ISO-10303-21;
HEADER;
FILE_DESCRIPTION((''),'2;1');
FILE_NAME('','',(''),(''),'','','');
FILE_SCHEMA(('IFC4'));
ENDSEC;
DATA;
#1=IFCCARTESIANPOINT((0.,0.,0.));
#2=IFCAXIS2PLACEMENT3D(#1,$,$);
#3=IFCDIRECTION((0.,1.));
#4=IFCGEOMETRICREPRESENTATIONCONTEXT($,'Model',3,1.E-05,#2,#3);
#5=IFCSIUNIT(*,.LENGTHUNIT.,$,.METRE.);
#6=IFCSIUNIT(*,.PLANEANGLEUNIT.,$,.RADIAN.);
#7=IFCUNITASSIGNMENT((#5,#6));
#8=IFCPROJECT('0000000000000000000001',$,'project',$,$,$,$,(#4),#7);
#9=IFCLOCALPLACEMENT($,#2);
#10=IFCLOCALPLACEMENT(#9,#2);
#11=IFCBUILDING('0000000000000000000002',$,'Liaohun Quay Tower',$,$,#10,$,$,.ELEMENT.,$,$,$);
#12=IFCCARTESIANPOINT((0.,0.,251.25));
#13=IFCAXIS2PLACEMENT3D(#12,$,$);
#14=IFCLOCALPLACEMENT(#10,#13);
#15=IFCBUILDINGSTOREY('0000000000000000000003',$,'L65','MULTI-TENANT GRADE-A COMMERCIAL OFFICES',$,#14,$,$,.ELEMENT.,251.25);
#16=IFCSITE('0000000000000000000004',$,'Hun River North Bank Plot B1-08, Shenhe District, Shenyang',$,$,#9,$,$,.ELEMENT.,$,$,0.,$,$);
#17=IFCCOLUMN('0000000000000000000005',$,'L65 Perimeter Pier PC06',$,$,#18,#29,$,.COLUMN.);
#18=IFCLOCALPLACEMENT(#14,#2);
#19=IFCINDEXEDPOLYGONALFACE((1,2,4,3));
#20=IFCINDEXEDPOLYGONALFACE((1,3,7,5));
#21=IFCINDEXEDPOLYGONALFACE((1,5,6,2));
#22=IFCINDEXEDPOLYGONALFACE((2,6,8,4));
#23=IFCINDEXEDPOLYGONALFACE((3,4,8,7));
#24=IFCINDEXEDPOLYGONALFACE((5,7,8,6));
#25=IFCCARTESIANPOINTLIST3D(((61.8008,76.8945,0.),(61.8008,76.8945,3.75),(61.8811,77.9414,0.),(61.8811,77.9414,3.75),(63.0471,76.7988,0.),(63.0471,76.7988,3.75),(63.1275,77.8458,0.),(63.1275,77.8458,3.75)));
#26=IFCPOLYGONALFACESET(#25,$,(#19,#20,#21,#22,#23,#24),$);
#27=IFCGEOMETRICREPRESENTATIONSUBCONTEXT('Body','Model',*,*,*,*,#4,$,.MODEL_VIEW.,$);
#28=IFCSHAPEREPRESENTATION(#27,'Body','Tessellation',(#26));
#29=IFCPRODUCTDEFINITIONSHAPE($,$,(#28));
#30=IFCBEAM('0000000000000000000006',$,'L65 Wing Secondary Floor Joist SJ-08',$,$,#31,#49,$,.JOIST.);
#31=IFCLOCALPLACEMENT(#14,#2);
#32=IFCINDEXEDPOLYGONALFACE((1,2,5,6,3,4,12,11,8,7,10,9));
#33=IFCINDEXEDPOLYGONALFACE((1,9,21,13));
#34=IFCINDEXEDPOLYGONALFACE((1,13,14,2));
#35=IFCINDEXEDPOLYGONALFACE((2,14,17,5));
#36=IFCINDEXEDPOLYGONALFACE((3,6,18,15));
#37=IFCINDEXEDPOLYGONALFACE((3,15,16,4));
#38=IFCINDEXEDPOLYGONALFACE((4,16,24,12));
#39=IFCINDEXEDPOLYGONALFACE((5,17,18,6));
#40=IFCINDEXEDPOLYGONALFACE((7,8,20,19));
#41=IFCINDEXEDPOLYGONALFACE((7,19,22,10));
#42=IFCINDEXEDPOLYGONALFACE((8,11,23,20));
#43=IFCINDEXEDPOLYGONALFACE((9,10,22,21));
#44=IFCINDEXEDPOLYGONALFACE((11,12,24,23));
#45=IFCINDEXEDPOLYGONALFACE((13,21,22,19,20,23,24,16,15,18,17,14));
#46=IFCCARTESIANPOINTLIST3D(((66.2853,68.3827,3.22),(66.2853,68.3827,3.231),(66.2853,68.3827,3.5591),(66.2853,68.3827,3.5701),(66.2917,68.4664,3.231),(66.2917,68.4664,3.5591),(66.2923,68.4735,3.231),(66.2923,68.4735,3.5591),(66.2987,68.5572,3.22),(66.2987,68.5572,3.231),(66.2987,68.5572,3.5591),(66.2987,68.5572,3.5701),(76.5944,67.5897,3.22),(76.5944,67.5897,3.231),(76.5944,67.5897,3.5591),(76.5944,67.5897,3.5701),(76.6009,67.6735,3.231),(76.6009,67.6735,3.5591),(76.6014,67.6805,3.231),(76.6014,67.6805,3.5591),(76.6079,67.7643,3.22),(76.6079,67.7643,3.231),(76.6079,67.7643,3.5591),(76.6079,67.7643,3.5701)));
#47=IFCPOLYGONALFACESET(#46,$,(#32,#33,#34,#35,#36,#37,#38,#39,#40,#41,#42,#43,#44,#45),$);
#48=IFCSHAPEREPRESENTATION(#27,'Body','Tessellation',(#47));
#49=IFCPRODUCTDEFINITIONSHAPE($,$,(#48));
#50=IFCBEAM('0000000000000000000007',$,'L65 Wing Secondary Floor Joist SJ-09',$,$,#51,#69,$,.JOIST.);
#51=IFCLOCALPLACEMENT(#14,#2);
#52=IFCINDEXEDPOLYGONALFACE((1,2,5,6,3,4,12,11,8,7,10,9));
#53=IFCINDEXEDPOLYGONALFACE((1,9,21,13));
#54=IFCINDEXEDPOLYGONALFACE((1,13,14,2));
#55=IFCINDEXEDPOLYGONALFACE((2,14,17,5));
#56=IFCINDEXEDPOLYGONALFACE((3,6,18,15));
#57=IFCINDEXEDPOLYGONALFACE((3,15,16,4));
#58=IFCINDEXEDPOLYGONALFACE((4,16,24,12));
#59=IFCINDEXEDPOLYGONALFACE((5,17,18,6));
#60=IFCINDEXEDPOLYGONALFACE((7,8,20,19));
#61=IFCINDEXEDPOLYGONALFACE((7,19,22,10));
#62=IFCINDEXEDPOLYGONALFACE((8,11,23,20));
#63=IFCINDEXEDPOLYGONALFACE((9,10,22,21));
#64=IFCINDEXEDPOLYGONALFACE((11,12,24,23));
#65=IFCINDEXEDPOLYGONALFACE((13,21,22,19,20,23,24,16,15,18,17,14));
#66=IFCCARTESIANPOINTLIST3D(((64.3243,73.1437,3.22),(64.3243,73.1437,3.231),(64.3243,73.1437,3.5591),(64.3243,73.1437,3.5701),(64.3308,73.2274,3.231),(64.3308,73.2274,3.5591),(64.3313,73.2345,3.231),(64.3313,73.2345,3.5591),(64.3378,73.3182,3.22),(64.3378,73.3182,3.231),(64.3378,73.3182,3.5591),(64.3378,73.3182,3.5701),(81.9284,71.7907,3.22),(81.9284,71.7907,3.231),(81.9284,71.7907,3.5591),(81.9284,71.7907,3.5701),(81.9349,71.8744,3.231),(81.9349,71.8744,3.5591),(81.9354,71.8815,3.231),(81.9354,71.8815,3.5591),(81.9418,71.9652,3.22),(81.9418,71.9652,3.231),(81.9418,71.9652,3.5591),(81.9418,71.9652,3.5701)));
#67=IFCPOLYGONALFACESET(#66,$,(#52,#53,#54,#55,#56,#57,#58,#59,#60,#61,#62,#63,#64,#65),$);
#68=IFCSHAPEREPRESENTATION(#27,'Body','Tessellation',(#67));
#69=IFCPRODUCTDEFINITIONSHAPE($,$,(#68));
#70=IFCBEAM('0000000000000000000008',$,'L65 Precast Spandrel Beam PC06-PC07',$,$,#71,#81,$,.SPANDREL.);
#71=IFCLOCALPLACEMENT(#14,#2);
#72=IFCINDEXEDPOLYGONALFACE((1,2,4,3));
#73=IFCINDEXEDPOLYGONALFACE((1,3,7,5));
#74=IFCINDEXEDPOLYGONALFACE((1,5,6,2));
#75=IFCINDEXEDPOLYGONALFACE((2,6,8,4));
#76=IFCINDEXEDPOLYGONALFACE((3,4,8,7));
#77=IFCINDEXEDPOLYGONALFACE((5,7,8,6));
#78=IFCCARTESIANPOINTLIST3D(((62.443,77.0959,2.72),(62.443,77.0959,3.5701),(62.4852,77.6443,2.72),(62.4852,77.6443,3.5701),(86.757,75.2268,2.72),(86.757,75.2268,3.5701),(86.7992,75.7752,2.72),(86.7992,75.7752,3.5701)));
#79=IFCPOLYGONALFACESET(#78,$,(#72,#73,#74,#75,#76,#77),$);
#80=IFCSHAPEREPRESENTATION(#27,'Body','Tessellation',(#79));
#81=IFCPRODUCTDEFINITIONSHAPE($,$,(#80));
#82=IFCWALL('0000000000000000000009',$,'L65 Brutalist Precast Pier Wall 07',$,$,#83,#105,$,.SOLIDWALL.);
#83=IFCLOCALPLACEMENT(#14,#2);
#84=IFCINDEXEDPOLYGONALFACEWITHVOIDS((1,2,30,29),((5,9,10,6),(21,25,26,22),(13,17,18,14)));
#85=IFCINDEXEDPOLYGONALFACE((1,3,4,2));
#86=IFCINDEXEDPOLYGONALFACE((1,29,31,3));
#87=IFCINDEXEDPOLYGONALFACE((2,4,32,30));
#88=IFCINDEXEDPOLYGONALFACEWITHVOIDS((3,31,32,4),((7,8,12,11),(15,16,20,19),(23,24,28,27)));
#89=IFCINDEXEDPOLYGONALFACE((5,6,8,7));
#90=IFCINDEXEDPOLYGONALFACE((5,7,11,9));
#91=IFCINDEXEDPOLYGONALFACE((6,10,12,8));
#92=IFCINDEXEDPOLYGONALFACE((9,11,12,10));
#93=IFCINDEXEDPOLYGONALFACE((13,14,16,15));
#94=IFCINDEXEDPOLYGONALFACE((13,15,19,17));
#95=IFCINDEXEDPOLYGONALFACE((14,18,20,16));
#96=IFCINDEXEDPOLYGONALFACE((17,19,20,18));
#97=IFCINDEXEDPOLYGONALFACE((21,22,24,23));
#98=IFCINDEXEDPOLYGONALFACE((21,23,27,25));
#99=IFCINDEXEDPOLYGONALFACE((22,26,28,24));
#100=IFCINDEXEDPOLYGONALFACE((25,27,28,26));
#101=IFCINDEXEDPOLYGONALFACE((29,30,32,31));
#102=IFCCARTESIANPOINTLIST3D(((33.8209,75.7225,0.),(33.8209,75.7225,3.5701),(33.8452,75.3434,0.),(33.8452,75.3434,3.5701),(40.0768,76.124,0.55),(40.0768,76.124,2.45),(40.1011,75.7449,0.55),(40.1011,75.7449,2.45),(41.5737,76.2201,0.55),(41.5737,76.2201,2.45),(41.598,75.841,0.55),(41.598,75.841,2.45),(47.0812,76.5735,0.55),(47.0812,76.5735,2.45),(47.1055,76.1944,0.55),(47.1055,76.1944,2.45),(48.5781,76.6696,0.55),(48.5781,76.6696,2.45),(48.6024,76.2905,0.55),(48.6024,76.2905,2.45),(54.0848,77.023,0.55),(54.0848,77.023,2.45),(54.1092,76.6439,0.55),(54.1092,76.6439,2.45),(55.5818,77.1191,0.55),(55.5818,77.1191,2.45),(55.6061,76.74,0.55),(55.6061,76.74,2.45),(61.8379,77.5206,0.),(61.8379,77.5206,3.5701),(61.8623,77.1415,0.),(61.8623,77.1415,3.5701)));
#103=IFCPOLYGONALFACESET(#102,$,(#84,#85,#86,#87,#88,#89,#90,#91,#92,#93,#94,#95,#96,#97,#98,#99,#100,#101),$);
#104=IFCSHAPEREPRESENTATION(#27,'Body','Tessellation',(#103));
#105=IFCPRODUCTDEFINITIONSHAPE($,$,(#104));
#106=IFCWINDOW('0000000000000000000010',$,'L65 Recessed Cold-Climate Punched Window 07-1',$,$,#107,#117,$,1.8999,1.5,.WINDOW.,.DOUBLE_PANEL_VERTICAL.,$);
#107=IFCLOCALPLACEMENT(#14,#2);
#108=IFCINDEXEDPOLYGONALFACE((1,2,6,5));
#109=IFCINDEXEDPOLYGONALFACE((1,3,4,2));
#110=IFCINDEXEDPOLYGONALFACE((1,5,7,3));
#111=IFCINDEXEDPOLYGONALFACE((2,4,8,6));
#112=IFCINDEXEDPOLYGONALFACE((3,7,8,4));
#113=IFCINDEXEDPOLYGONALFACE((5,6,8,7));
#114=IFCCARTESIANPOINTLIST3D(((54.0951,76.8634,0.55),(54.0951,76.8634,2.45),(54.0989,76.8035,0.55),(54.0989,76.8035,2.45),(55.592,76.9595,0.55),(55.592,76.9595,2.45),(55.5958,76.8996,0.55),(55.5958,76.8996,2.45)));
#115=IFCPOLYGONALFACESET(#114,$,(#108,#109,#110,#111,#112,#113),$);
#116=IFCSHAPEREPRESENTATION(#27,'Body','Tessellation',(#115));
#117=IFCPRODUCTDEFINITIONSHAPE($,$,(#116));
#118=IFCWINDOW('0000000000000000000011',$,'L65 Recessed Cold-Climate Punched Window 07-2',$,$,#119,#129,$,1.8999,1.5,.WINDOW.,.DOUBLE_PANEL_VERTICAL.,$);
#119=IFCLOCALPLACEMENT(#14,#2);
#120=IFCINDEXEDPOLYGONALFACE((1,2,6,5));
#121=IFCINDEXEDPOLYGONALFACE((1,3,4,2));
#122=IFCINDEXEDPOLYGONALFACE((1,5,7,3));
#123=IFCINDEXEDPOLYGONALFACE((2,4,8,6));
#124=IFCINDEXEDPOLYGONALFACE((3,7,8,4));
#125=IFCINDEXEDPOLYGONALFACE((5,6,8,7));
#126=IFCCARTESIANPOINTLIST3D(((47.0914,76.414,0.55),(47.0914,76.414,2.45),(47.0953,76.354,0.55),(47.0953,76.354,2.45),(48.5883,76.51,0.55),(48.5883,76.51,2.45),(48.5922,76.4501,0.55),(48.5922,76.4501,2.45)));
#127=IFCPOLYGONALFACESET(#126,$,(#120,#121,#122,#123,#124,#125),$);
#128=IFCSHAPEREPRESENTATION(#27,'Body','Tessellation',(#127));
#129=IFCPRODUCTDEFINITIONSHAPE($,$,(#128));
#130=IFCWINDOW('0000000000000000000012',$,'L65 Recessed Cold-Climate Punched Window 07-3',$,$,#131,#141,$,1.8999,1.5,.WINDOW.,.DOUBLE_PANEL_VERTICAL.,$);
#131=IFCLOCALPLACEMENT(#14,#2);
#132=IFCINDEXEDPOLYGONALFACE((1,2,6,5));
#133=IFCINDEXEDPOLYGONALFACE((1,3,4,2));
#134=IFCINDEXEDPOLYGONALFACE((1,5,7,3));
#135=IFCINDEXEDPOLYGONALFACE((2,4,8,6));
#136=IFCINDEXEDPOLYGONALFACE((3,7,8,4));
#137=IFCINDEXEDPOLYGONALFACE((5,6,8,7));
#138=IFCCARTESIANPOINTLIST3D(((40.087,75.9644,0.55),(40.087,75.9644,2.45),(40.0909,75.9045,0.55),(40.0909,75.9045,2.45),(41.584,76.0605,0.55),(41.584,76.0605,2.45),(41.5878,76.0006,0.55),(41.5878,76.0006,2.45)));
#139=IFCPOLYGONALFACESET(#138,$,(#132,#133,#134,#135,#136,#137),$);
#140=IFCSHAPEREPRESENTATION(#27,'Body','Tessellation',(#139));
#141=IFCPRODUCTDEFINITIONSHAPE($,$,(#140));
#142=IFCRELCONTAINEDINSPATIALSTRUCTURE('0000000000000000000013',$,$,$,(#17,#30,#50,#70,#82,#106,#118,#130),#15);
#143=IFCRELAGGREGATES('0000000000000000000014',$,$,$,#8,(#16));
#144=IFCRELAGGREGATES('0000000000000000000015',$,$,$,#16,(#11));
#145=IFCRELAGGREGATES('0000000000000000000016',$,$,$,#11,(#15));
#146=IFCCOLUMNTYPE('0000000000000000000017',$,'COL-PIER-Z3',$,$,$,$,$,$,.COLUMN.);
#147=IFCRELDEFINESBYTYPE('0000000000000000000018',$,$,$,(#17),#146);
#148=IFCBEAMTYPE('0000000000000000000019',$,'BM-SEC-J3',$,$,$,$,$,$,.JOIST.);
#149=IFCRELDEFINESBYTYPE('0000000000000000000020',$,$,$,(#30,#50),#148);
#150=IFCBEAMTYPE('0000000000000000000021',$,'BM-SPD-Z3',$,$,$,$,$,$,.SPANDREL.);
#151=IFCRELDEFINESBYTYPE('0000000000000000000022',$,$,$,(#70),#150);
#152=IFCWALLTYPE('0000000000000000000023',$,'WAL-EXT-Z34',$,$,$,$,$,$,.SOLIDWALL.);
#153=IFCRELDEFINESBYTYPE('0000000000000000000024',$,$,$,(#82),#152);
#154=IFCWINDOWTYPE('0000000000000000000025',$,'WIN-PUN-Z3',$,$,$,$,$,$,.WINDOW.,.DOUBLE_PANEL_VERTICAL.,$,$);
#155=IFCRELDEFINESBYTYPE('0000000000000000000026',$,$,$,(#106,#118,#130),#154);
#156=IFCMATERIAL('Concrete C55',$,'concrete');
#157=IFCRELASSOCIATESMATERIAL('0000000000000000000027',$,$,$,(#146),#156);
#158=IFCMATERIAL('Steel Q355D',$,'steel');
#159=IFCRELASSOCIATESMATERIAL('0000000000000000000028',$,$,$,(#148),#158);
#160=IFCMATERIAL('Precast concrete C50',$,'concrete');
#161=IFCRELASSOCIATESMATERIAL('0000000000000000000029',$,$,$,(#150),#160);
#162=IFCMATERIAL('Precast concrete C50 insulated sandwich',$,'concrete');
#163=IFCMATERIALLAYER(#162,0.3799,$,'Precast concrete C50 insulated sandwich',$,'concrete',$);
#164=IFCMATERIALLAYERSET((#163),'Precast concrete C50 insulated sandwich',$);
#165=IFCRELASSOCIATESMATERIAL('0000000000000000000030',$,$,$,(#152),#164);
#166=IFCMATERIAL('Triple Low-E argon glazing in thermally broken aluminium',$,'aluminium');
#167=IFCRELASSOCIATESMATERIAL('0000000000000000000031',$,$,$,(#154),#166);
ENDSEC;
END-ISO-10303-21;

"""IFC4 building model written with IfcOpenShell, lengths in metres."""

from ifc_helpers import new_model, si_unit, direction, frame, frame_2d, origin, origin_2d, place, context, subcontext, project, spatial, rectangle, i_section, extrude, source, transform, mapped, material, layer, layer_set, material_profile, profile_set, type_object, element, fill, save


model = new_model("IFC4")

# Units and contexts
model_context = context("Model", 3, precision=1e-05, world=origin(), true_north=direction((0.0, 1.0)))
body_context = subcontext(model_context, "Body", "Model", "MODEL_VIEW")
ifc_project = project(units=[si_unit("LENGTHUNIT", "METRE"), si_unit("PLANEANGLEUNIT", "RADIAN")], contexts=[model_context])

# Site, building, storey
site_placement = place(None, origin())
site = spatial("IfcSite", under=ifc_project, at=site_placement, Name="Hun River North Bank Plot B1-08, Shenhe District, Shenyang", CompositionType="ELEMENT", RefElevation=0.0)
building_placement = place(site_placement, origin())
building = spatial("IfcBuilding", under=site, at=building_placement, Name="Liaohun Quay Tower", CompositionType="ELEMENT")
storey_placement = place(building_placement, frame((0.0, 0.0, 251.25)))
storey = spatial("IfcBuildingStorey", under=building, at=storey_placement, Name="L65", Description="MULTI-TENANT GRADE-A COMMERCIAL OFFICES", CompositionType="ELEMENT", Elevation=251.25)

# Column
ifc_material_1 = material(Name="Concrete C55", Category="concrete")
ifc_material_profile_1 = material_profile(ifc_material_1, rectangle(XDim=1.25, YDim=1.05, at=origin_2d()), Name="RC1250x1050")
ifc_profile_set_1 = profile_set([ifc_material_profile_1], Name="Concrete C55")
column_type = type_object("IfcColumnType", Name="COL-PIER-Z3", PredefinedType="COLUMN", material=ifc_profile_set_1)
shared_shape_1 = source(origin(), body_context, "Body", "SweptSolid", [
    extrude(rectangle(XDim=1.25, YDim=1.05, at=origin_2d()), origin(), (0.0, 0.0, 1.0), 3.75),
])
column_placement = place(storey_placement, frame((62.4641, 77.3701, 0.0), z_axis=(0.0, 0.0, 1.0), x_axis=(-0.997066, 0.076545, 0.0)))
element("IfcColumn", 1, at=column_placement, inside=storey, type_object=column_type, Name="L65 Perimeter Pier PC06", PredefinedType="COLUMN", context=body_context, shape_type="MappedRepresentation", body=[
    mapped(shared_shape_1, transform((0.0, 0.0, 0.0), x_axis=(1.0, 0.0, 0.0), y_axis=(0.0, 1.0, 0.0), z_axis=(0.0, 0.0, 1.0), scale=1.0)),
])

# Beams
ifc_material_2 = material(Name="Steel Q355D", Category="steel")
ifc_material_profile_2 = material_profile(ifc_material_2, i_section(OverallWidth=0.175, OverallDepth=0.3501, WebThickness=0.0071, FlangeThickness=0.011, at=origin_2d()), Name="HN350x175x7x11")
ifc_profile_set_2 = profile_set([ifc_material_profile_2], Name="Steel Q355D")
beam_type_1 = type_object("IfcBeamType", Name="BM-SEC-J3", PredefinedType="JOIST", material=ifc_profile_set_2)
shared_shape_2 = source(origin(), body_context, "Body", "SweptSolid", [
    extrude(i_section(OverallWidth=0.175, OverallDepth=0.3501, WebThickness=0.0071, FlangeThickness=0.011, at=origin_2d()), origin(), (0.0, 0.0, 1.0), 10.3396),
])
beam_1_placement = place(storey_placement, frame((66.292, 68.47, 3.395), z_axis=(0.997055, -0.076693, 0.0), x_axis=(0.076693, 0.997055, 0.0)))
element("IfcBeam", 2, at=beam_1_placement, inside=storey, type_object=beam_type_1, Name="L65 Wing Secondary Floor Joist SJ-08", PredefinedType="JOIST", context=body_context, shape_type="MappedRepresentation", body=[
    mapped(shared_shape_2, transform((0.0, 0.0, 0.0), x_axis=(1.0, 0.0, 0.0), y_axis=(0.0, 1.0, 0.0), z_axis=(0.0, 0.0, 1.0), scale=1.0)),
])
shared_shape_3 = source(origin(), body_context, "Body", "SweptSolid", [
    extrude(i_section(OverallWidth=0.175, OverallDepth=0.3501, WebThickness=0.0071, FlangeThickness=0.011, at=origin_2d()), origin(), (0.0, 0.0, 1.0), 17.656),
])
beam_2_placement = place(storey_placement, frame((64.3311, 73.231, 3.395), z_axis=(0.997059, -0.076633, 0.0), x_axis=(0.076633, 0.997059, 0.0)))
element("IfcBeam", 3, at=beam_2_placement, inside=storey, type_object=beam_type_1, Name="L65 Wing Secondary Floor Joist SJ-09", PredefinedType="JOIST", context=body_context, shape_type="MappedRepresentation", body=[
    mapped(shared_shape_3, transform((0.0, 0.0, 0.0), x_axis=(1.0, 0.0, 0.0), y_axis=(0.0, 1.0, 0.0), z_axis=(0.0, 0.0, 1.0), scale=1.0)),
])
ifc_material_3 = material(Name="Precast concrete C50", Category="concrete")
ifc_material_profile_3 = material_profile(ifc_material_3, rectangle(XDim=0.55, YDim=0.8501, at=origin_2d()), Name="RC550x850")
ifc_profile_set_3 = profile_set([ifc_material_profile_3], Name="Precast concrete C50")
beam_type_2 = type_object("IfcBeamType", Name="BM-SPD-Z3", PredefinedType="SPANDREL", material=ifc_profile_set_3)
shared_shape_4 = source(origin(), body_context, "Body", "SweptSolid", [
    extrude(rectangle(XDim=0.55, YDim=0.8501, at=origin_2d()), origin(), (0.0, 0.0, 1.0), 24.3857),
])
beam_3_placement = place(storey_placement, frame((62.4641, 77.3701, 3.145), z_axis=(0.997058, -0.076649, 0.0), x_axis=(0.076649, 0.997058, 0.0)))
element("IfcBeam", 4, at=beam_3_placement, inside=storey, type_object=beam_type_2, Name="L65 Precast Spandrel Beam PC06-PC07", PredefinedType="SPANDREL", context=body_context, shape_type="MappedRepresentation", body=[
    mapped(shared_shape_4, transform((0.0, 0.0, 0.0), x_axis=(1.0, 0.0, 0.0), y_axis=(0.0, 1.0, 0.0), z_axis=(0.0, 0.0, 1.0), scale=1.0)),
])

# Wall, openings, windows
ifc_material_4 = material(Name="Precast concrete C50 insulated sandwich", Category="concrete")
ifc_layer_1 = layer(ifc_material_4, 0.3799, Name="Precast concrete C50 insulated sandwich", Category="concrete")
ifc_layer_set_1 = layer_set([ifc_layer_1], Name="Precast concrete C50 insulated sandwich")
wall_type_1 = type_object("IfcWallType", Name="WAL-EXT-Z34", PredefinedType="SOLIDWALL", material=ifc_layer_set_1)
wall_1_placement = place(storey_placement, frame((61.8501, 77.3311, 0.0), z_axis=(0.0, 0.0, 1.0), x_axis=(-0.997947, -0.064047, 0.0)))
wall_1 = element("IfcWall", 5, at=wall_1_placement, inside=storey, type_object=wall_type_1, Name="L65 Brutalist Precast Pier Wall 07", PredefinedType="SOLIDWALL", context=body_context, shape_type="SweptSolid", body=[
    extrude(rectangle(XDim=28.0747, YDim=0.3799, at=frame_2d((14.0374, 0.0))), origin(), (0.0, 0.0, 1.0), 3.5701),
])
shared_shape_5 = source(origin(), body_context, "Body", "SweptSolid", [
    extrude(rectangle(XDim=1.5, YDim=1.8999, at=frame_2d((0.75, 0.95))), frame((0.0, 0.2, 0.0), z_axis=(0.0, -1.0, 0.0), x_axis=(1.0, 0.0, 0.0)), (0.0, 0.0, 1.0), 0.3999),
])
opening_1_placement = place(wall_1_placement, frame((6.269, 0.0, 0.55)))
opening_1 = element("IfcOpeningElement", 6, at=opening_1_placement, cuts=wall_1, PredefinedType="OPENING", context=body_context, shape_type="MappedRepresentation", body=[
    mapped(shared_shape_5, transform((0.0, 0.0, 0.0), x_axis=(1.0, 0.0, 0.0), y_axis=(0.0, 1.0, 0.0), z_axis=(0.0, 0.0, 1.0), scale=1.0)),
])
opening_2_placement = place(wall_1_placement, frame((13.2871, 0.0, 0.55)))
opening_2 = element("IfcOpeningElement", 7, at=opening_2_placement, cuts=wall_1, PredefinedType="OPENING", context=body_context, shape_type="MappedRepresentation", body=[
    mapped(shared_shape_5, transform((0.0, 0.0, 0.0), x_axis=(1.0, 0.0, 0.0), y_axis=(0.0, 1.0, 0.0), z_axis=(0.0, 0.0, 1.0), scale=1.0)),
])
opening_3_placement = place(wall_1_placement, frame((20.3059, 0.0, 0.55)))
opening_3 = element("IfcOpeningElement", 8, at=opening_3_placement, cuts=wall_1, PredefinedType="OPENING", context=body_context, shape_type="MappedRepresentation", body=[
    mapped(shared_shape_5, transform((0.0, 0.0, 0.0), x_axis=(1.0, 0.0, 0.0), y_axis=(0.0, 1.0, 0.0), z_axis=(0.0, 0.0, 1.0), scale=1.0)),
])
ifc_material_5 = material(Name="Triple Low-E argon glazing in thermally broken aluminium", Category="aluminium")
window_type = type_object("IfcWindowType", Name="WIN-PUN-Z3", PartitioningType="DOUBLE_PANEL_VERTICAL", PredefinedType="WINDOW", material=ifc_material_5)
shared_shape_6 = source(origin(), body_context, "Body", "SweptSolid", [
    extrude(rectangle(XDim=1.5, YDim=1.8999, at=frame_2d((0.75, 0.95))), frame((0.0, 0.03, 0.0), z_axis=(0.0, -1.0, 0.0), x_axis=(1.0, 0.0, 0.0)), (0.0, 0.0, 1.0), 0.0601),
])
window_1_placement = place(opening_1_placement, origin())
window_1 = element("IfcWindow", 9, at=window_1_placement, inside=storey, type_object=window_type, Name="L65 Recessed Cold-Climate Punched Window 07-1", OverallHeight=1.8999, OverallWidth=1.5, PartitioningType="DOUBLE_PANEL_VERTICAL", PredefinedType="WINDOW", context=body_context, shape_type="MappedRepresentation", body=[
    mapped(shared_shape_6, transform((0.0, 0.0, 0.0), x_axis=(1.0, 0.0, 0.0), y_axis=(0.0, 1.0, 0.0), z_axis=(0.0, 0.0, 1.0), scale=1.0)),
])
fill(opening_1, window_1)
window_2_placement = place(opening_2_placement, origin())
window_2 = element("IfcWindow", 10, at=window_2_placement, inside=storey, type_object=window_type, Name="L65 Recessed Cold-Climate Punched Window 07-2", OverallHeight=1.8999, OverallWidth=1.5, PartitioningType="DOUBLE_PANEL_VERTICAL", PredefinedType="WINDOW", context=body_context, shape_type="MappedRepresentation", body=[
    mapped(shared_shape_6, transform((0.0, 0.0, 0.0), x_axis=(1.0, 0.0, 0.0), y_axis=(0.0, 1.0, 0.0), z_axis=(0.0, 0.0, 1.0), scale=1.0)),
])
fill(opening_2, window_2)
window_3_placement = place(opening_3_placement, origin())
window_3 = element("IfcWindow", 11, at=window_3_placement, inside=storey, type_object=window_type, Name="L65 Recessed Cold-Climate Punched Window 07-3", OverallHeight=1.8999, OverallWidth=1.5, PartitioningType="DOUBLE_PANEL_VERTICAL", PredefinedType="WINDOW", context=body_context, shape_type="MappedRepresentation", body=[
    mapped(shared_shape_6, transform((0.0, 0.0, 0.0), x_axis=(1.0, 0.0, 0.0), y_axis=(0.0, 1.0, 0.0), z_axis=(0.0, 0.0, 1.0), scale=1.0)),
])
fill(opening_3, window_3)

save(model, "model.ifc")
